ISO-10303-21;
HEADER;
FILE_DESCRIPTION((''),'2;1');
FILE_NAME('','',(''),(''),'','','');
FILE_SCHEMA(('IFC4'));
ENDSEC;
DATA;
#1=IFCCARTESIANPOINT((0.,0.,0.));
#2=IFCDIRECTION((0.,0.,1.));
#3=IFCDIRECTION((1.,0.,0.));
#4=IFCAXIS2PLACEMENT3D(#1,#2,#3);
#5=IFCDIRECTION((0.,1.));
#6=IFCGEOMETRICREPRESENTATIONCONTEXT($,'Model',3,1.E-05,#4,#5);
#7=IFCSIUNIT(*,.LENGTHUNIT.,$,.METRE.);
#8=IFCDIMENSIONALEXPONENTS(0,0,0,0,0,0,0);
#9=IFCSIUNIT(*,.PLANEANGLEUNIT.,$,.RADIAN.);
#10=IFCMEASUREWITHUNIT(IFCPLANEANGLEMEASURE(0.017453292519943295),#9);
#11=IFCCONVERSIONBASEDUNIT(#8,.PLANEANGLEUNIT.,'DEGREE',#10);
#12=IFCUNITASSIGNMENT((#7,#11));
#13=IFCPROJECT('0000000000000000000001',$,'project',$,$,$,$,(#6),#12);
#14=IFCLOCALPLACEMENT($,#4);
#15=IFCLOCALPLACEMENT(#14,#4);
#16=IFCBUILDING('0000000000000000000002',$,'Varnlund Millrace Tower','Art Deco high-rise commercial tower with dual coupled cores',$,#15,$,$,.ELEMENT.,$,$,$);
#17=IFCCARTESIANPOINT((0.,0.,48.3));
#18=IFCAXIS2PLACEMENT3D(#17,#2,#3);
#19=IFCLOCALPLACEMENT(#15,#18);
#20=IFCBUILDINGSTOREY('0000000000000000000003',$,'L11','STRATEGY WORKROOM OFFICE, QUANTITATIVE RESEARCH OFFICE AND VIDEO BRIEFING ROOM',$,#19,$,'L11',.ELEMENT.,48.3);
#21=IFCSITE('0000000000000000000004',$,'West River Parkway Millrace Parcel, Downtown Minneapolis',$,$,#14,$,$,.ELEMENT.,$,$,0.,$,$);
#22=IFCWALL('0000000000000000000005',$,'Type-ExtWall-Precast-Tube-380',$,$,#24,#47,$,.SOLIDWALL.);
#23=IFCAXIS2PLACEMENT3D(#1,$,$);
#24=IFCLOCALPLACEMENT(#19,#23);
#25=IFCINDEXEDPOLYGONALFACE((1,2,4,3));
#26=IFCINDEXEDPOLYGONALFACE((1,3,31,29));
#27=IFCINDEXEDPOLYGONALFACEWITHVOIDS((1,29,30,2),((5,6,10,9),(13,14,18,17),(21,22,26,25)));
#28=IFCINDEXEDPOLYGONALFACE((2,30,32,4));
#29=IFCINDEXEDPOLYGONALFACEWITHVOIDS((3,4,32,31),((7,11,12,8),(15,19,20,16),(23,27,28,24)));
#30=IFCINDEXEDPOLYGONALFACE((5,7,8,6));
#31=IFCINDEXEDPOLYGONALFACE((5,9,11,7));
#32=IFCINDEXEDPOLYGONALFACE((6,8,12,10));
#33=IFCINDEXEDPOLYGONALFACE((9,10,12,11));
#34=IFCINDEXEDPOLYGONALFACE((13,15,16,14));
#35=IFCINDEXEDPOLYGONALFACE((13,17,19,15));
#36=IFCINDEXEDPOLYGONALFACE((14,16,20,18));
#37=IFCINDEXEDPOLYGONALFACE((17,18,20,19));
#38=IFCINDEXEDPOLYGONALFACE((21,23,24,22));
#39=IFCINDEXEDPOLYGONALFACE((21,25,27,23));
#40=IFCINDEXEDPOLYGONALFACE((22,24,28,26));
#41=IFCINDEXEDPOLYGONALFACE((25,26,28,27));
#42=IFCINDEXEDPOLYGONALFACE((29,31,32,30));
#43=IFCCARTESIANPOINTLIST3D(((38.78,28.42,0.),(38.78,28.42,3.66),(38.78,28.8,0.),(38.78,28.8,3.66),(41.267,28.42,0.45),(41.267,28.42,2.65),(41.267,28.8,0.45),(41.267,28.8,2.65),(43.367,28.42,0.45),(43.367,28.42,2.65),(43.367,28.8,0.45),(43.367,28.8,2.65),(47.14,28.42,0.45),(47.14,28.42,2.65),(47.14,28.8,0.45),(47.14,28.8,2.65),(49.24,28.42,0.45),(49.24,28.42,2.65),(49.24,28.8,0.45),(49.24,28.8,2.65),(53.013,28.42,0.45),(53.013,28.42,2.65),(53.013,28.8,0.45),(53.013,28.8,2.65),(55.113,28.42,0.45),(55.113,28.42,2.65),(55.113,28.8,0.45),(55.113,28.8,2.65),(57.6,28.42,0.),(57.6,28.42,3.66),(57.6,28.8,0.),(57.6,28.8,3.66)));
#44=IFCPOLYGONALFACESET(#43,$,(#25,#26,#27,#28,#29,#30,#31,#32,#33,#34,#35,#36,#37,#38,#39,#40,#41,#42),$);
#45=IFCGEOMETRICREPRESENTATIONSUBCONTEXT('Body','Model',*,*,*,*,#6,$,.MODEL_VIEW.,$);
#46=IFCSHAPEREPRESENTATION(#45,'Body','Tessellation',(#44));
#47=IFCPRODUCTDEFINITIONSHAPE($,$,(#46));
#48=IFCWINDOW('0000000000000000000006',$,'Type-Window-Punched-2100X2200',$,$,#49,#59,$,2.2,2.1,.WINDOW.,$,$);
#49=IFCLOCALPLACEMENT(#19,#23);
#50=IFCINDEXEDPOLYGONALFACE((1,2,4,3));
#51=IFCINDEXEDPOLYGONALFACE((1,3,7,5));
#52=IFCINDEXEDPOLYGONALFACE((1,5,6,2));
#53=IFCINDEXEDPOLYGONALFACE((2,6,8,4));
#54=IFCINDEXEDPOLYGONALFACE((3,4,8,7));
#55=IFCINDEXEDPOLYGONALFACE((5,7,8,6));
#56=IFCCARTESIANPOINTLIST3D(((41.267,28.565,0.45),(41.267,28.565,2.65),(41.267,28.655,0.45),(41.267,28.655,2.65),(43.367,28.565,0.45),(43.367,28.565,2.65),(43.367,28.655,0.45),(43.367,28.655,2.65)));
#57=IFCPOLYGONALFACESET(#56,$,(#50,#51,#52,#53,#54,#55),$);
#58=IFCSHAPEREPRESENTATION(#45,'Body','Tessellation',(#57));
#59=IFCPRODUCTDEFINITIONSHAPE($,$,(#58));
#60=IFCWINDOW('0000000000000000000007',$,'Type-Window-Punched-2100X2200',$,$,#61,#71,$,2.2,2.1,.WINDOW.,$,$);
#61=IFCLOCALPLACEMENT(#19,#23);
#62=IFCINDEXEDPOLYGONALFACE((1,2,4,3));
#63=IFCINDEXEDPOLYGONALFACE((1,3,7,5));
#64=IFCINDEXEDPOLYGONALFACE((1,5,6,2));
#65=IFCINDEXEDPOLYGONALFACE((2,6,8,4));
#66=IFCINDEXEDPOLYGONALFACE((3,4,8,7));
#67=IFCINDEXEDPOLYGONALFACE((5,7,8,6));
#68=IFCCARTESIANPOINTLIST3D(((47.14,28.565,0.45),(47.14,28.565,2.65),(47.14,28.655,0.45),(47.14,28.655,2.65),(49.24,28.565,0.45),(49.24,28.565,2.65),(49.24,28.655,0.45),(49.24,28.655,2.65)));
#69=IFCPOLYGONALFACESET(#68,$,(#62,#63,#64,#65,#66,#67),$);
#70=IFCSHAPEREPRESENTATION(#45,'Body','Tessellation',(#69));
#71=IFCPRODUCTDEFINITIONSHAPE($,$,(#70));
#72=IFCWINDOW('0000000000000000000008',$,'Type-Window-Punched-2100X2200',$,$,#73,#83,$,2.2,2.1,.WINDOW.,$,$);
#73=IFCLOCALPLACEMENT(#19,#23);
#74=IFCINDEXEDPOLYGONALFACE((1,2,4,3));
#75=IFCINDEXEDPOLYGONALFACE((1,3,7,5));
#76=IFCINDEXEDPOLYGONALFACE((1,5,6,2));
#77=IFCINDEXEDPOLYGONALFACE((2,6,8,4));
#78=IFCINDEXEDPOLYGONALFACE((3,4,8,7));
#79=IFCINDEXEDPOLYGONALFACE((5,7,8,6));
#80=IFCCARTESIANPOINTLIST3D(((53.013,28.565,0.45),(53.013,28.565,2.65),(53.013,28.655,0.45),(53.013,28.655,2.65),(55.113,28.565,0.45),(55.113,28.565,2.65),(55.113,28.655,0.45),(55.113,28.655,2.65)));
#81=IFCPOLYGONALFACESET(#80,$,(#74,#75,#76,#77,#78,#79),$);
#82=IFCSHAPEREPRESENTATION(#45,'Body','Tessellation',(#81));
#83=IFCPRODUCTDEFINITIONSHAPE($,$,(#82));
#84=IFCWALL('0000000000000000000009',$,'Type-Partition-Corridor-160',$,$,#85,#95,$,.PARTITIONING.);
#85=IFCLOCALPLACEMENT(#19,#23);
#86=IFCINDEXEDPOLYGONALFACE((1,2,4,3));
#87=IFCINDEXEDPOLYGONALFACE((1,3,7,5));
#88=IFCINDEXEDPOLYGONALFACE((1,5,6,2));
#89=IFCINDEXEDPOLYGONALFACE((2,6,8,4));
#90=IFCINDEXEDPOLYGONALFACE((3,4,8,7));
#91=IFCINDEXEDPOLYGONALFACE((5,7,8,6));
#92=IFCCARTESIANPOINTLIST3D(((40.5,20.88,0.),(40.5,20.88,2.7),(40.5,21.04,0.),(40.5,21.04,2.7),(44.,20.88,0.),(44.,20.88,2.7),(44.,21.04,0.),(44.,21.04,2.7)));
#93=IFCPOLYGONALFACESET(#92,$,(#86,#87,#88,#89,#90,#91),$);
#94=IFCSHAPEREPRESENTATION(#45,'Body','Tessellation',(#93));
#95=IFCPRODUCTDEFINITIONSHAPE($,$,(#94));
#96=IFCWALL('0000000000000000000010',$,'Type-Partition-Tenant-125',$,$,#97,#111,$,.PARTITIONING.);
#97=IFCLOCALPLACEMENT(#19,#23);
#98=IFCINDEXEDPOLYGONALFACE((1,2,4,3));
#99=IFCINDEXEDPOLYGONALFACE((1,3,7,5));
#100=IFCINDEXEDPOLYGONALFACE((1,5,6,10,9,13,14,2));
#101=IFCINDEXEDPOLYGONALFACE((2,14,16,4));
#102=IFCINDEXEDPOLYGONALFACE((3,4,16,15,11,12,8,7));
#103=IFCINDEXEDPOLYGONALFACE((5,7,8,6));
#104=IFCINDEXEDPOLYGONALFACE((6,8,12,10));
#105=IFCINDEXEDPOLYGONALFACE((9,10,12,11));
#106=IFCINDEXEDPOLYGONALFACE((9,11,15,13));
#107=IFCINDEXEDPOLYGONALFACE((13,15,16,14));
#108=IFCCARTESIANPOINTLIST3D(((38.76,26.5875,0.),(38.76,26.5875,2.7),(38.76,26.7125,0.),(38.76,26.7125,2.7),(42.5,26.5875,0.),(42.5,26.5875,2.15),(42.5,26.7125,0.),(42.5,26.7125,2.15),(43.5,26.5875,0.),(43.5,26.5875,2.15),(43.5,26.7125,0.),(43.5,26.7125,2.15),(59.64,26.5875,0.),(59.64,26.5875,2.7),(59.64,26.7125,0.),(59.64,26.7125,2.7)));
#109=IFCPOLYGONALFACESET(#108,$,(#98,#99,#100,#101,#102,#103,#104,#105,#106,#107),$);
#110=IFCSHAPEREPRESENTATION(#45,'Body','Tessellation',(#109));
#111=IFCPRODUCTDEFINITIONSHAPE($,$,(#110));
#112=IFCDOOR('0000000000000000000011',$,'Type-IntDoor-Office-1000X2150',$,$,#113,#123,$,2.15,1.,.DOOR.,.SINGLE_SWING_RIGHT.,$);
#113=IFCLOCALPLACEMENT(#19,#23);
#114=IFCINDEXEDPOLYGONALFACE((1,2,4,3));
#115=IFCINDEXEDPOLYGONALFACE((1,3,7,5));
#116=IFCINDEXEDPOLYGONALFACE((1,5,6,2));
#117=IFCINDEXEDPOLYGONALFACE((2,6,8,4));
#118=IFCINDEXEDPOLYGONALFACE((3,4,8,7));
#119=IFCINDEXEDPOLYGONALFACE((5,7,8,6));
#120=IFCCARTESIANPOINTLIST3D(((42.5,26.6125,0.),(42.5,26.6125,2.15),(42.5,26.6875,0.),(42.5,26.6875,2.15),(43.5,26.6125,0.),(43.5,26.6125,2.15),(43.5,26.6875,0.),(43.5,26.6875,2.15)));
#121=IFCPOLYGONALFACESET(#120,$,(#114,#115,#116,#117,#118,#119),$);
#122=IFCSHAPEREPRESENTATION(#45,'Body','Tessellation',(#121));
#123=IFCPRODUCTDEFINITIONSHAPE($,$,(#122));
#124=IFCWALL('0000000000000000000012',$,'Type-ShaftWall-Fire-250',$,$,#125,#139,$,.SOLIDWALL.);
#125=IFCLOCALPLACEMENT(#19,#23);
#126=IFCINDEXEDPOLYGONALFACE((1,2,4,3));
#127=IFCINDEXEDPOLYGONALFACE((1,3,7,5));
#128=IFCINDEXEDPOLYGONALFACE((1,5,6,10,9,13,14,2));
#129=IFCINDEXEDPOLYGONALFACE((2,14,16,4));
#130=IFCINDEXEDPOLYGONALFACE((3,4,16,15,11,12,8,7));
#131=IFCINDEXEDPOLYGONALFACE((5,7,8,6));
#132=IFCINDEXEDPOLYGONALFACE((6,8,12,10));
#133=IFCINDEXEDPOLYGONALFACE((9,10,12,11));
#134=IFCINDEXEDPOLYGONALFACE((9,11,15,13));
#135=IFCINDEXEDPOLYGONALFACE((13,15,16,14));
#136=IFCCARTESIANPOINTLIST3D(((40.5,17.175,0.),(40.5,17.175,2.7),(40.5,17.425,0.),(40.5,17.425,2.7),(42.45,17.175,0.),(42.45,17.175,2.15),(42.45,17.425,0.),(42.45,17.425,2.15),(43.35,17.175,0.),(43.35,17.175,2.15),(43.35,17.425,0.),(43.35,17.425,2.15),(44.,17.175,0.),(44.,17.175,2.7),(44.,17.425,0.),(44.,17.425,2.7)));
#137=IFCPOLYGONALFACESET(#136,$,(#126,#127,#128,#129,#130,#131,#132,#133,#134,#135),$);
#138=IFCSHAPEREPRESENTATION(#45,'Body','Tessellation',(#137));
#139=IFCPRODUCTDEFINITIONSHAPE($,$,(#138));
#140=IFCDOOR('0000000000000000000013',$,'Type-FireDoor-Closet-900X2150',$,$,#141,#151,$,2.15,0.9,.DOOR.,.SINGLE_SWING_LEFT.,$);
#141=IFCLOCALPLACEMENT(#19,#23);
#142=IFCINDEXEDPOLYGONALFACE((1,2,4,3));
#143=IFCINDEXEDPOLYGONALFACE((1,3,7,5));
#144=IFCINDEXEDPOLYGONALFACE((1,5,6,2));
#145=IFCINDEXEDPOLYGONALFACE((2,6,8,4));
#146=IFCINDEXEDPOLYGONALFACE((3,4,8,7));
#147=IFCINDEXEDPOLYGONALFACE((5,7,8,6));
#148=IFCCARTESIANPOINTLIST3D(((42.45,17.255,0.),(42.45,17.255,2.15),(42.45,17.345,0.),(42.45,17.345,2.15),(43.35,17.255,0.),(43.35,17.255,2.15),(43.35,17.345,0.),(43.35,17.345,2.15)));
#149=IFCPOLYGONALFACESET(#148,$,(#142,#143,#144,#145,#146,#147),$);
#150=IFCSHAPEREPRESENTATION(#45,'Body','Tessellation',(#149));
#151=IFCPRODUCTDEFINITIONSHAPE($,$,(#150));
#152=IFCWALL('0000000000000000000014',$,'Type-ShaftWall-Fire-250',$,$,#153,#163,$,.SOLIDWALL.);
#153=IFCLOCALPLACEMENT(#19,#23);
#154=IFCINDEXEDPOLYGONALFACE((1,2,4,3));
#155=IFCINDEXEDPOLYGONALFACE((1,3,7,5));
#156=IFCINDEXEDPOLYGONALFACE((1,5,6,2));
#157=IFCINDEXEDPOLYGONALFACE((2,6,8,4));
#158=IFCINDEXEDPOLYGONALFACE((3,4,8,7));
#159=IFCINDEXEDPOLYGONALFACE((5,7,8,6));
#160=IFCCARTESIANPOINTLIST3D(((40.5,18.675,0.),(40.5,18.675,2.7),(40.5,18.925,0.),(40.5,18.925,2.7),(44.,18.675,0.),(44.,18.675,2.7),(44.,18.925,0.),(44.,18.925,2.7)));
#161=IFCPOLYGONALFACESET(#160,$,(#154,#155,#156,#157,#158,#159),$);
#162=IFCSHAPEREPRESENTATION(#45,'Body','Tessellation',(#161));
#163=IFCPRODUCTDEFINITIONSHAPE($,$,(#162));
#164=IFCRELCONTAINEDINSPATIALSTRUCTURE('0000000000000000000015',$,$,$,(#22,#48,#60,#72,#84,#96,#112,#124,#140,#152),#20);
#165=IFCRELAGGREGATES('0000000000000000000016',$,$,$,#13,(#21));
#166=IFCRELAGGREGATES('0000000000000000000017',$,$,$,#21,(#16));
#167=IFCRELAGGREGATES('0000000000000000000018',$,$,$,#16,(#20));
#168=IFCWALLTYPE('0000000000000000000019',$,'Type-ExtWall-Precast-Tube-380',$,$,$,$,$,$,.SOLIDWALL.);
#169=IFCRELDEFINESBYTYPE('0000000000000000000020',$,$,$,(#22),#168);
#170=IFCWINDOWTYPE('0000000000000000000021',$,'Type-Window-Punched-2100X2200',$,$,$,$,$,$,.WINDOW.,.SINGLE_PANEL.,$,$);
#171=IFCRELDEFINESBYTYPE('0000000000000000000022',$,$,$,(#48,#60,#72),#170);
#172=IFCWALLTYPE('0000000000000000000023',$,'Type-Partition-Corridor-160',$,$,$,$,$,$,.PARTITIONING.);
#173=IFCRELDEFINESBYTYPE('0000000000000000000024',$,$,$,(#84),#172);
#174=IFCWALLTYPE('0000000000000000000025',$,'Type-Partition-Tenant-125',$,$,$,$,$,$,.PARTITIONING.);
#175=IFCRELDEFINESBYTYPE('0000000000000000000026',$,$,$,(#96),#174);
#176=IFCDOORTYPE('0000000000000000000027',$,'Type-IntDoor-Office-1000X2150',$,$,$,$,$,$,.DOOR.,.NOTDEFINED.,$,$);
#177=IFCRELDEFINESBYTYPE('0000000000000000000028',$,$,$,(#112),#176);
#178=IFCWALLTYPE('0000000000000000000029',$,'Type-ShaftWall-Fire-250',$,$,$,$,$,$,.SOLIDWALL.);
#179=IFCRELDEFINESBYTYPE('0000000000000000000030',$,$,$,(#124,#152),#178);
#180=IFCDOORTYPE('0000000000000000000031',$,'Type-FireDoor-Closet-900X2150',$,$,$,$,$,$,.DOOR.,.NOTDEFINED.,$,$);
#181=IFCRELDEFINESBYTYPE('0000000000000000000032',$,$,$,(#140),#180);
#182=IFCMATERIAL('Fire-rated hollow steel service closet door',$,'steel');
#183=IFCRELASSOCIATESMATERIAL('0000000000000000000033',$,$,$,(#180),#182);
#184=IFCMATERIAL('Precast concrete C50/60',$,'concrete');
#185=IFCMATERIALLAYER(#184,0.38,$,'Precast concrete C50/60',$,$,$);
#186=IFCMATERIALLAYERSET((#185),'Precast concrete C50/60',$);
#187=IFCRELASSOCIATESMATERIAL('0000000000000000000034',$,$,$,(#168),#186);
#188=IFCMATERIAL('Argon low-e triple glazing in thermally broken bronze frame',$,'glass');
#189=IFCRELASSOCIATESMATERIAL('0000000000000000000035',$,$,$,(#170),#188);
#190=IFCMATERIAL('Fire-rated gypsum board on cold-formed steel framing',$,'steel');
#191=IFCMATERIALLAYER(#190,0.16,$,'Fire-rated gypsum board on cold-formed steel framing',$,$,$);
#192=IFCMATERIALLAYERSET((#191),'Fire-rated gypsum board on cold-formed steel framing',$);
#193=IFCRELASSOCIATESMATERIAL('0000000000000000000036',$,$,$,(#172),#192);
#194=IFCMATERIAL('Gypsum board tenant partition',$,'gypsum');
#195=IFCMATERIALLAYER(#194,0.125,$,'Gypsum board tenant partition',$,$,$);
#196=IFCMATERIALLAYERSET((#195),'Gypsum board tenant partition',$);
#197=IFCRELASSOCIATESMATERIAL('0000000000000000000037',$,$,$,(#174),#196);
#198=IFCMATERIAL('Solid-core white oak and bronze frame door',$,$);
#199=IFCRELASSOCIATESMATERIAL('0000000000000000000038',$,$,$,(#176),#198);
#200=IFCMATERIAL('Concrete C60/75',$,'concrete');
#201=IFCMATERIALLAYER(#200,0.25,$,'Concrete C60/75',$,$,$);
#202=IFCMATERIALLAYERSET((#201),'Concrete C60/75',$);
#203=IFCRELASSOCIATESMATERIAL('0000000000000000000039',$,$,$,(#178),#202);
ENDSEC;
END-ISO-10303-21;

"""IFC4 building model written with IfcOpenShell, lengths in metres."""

from ifc_helpers import new_model, entity, si_unit, converted_unit, direction, frame, origin_with_axes, origin_2d_with_axis, place, context, subcontext, project, spatial, polyline, rectangle, outline, extrude, material, layer, layer_set, type_object, element, fill, save


model = new_model("IFC4")

# Units and contexts
model_context = context("Model", 3, precision=1e-05, world=origin_with_axes(), true_north=direction((0.0, 1.0)))
body_context = subcontext(model_context, "Body", "Model", "MODEL_VIEW")
ifc_project = project(units=[si_unit("LENGTHUNIT", "METRE"), converted_unit("PLANEANGLEUNIT", "DEGREE", entity("IfcPlaneAngleMeasure", 0.017453292519943295), si_unit("PLANEANGLEUNIT", "RADIAN"), dimensions=[0, 0, 0, 0, 0, 0, 0])], contexts=[model_context])

# Site, building, storey
site_placement = place(None, origin_with_axes())
site = spatial("IfcSite", under=ifc_project, at=site_placement, Name="West River Parkway Millrace Parcel, Downtown Minneapolis", CompositionType="ELEMENT", RefElevation=0.0)
building_placement = place(site_placement, origin_with_axes())
building = spatial("IfcBuilding", under=site, at=building_placement, Name="Varnlund Millrace Tower", Description="Art Deco high-rise commercial tower with dual coupled cores", CompositionType="ELEMENT")
storey_placement = place(building_placement, frame((0.0, 0.0, 48.3), z_axis=(0.0, 0.0, 1.0), x_axis=(1.0, 0.0, 0.0)))
storey = spatial("IfcBuildingStorey", under=building, at=storey_placement, Name="L11", Description="STRATEGY WORKROOM OFFICE, QUANTITATIVE RESEARCH OFFICE AND VIDEO BRIEFING ROOM", LongName="L11", CompositionType="ELEMENT", Elevation=48.3)

# Shared definitions
ifc_material_1 = material(Name="Fire-rated hollow steel service closet door", Category="steel")
door_type_1 = type_object("IfcDoorType", Name="Type-FireDoor-Closet-900X2150", OperationType="NOTDEFINED", PredefinedType="DOOR", material=ifc_material_1)

# Wall, openings, windows
ifc_material_2 = material(Name="Precast concrete C50/60", Category="concrete")
ifc_layer_1 = layer(ifc_material_2, 0.38, Name="Precast concrete C50/60")
ifc_layer_set_1 = layer_set([ifc_layer_1], Name="Precast concrete C50/60")
wall_type_1 = type_object("IfcWallType", Name="Type-ExtWall-Precast-Tube-380", PredefinedType="SOLIDWALL", material=ifc_layer_set_1)
wall_1_placement = place(storey_placement, frame((38.78, 28.61, 0.0), z_axis=(0.0, 0.0, 1.0), x_axis=(1.0, 0.0, 0.0)))
wall_1 = element("IfcWall", 1, at=wall_1_placement, inside=storey, type_object=wall_type_1, Name="Type-ExtWall-Precast-Tube-380", PredefinedType="SOLIDWALL", context=body_context, shape_type="SweptSolid", body=[
    extrude(outline(polyline([(0.0, -0.19), (18.82, -0.19), (18.82, 0.19), (0.0, 0.19), (0.0, -0.19)])), origin_with_axes(), (0.0, 0.0, 1.0), 3.66),
])
opening_1_placement = place(wall_1_placement, frame((3.537, 0.0, 0.45), z_axis=(0.0, 0.0, 1.0), x_axis=(1.0, 0.0, 0.0)))
opening_1 = element("IfcOpeningElement", 2, at=opening_1_placement, cuts=wall_1, PredefinedType="OPENING", context=body_context, shape_type="SweptSolid", body=[
    extrude(rectangle(XDim=2.1, YDim=0.4, at=origin_2d_with_axis()), origin_with_axes(), (0.0, 0.0, 1.0), 2.2),
])
opening_2_placement = place(wall_1_placement, frame((9.41, 0.0, 0.45), z_axis=(0.0, 0.0, 1.0), x_axis=(1.0, 0.0, 0.0)))
opening_2 = element("IfcOpeningElement", 3, at=opening_2_placement, cuts=wall_1, PredefinedType="OPENING", context=body_context, shape_type="SweptSolid", body=[
    extrude(rectangle(XDim=2.1, YDim=0.4, at=origin_2d_with_axis()), origin_with_axes(), (0.0, 0.0, 1.0), 2.2),
])
opening_3_placement = place(wall_1_placement, frame((15.283, 0.0, 0.45), z_axis=(0.0, 0.0, 1.0), x_axis=(1.0, 0.0, 0.0)))
opening_3 = element("IfcOpeningElement", 4, at=opening_3_placement, cuts=wall_1, PredefinedType="OPENING", context=body_context, shape_type="SweptSolid", body=[
    extrude(rectangle(XDim=2.1, YDim=0.4, at=origin_2d_with_axis()), origin_with_axes(), (0.0, 0.0, 1.0), 2.2),
])
ifc_material_3 = material(Name="Argon low-e triple glazing in thermally broken bronze frame", Category="glass")
window_type = type_object("IfcWindowType", Name="Type-Window-Punched-2100X2200", PartitioningType="SINGLE_PANEL", PredefinedType="WINDOW", material=ifc_material_3)
window_1_placement = place(wall_1_placement, frame((3.537, 0.0, 0.45), z_axis=(0.0, 0.0, 1.0), x_axis=(1.0, 0.0, 0.0)))
window_1 = element("IfcWindow", 5, at=window_1_placement, inside=storey, type_object=window_type, Name="Type-Window-Punched-2100X2200", OverallHeight=2.2, OverallWidth=2.1, PredefinedType="WINDOW", context=body_context, shape_type="SweptSolid", body=[
    extrude(rectangle(XDim=2.1, YDim=0.09, at=origin_2d_with_axis()), origin_with_axes(), (0.0, 0.0, 1.0), 2.2),
])
fill(opening_1, window_1)
window_2_placement = place(wall_1_placement, frame((9.41, 0.0, 0.45), z_axis=(0.0, 0.0, 1.0), x_axis=(1.0, 0.0, 0.0)))
window_2 = element("IfcWindow", 6, at=window_2_placement, inside=storey, type_object=window_type, Name="Type-Window-Punched-2100X2200", OverallHeight=2.2, OverallWidth=2.1, PredefinedType="WINDOW", context=body_context, shape_type="SweptSolid", body=[
    extrude(rectangle(XDim=2.1, YDim=0.09, at=origin_2d_with_axis()), origin_with_axes(), (0.0, 0.0, 1.0), 2.2),
])
fill(opening_2, window_2)
window_3_placement = place(wall_1_placement, frame((15.283, 0.0, 0.45), z_axis=(0.0, 0.0, 1.0), x_axis=(1.0, 0.0, 0.0)))
window_3 = element("IfcWindow", 7, at=window_3_placement, inside=storey, type_object=window_type, Name="Type-Window-Punched-2100X2200", OverallHeight=2.2, OverallWidth=2.1, PredefinedType="WINDOW", context=body_context, shape_type="SweptSolid", body=[
    extrude(rectangle(XDim=2.1, YDim=0.09, at=origin_2d_with_axis()), origin_with_axes(), (0.0, 0.0, 1.0), 2.2),
])
fill(opening_3, window_3)

# Wall
ifc_material_4 = material(Name="Fire-rated gypsum board on cold-formed steel framing", Category="steel")
ifc_layer_2 = layer(ifc_material_4, 0.16, Name="Fire-rated gypsum board on cold-formed steel framing")
ifc_layer_set_2 = layer_set([ifc_layer_2], Name="Fire-rated gypsum board on cold-formed steel framing")
wall_type_2 = type_object("IfcWallType", Name="Type-Partition-Corridor-160", PredefinedType="PARTITIONING", material=ifc_layer_set_2)
wall_2_placement = place(storey_placement, frame((40.5, 20.96, 0.0), z_axis=(0.0, 0.0, 1.0), x_axis=(1.0, 0.0, 0.0)))
element("IfcWall", 8, at=wall_2_placement, inside=storey, type_object=wall_type_2, Name="Type-Partition-Corridor-160", PredefinedType="PARTITIONING", context=body_context, shape_type="SweptSolid", body=[
    extrude(outline(polyline([(0.0, -0.08), (3.5, -0.08), (3.5, 0.08), (0.0, 0.08), (0.0, -0.08)])), origin_with_axes(), (0.0, 0.0, 1.0), 2.7),
])

# Walls, openings, doors
ifc_material_5 = material(Name="Gypsum board tenant partition", Category="gypsum")
ifc_layer_3 = layer(ifc_material_5, 0.125, Name="Gypsum board tenant partition")
ifc_layer_set_3 = layer_set([ifc_layer_3], Name="Gypsum board tenant partition")
wall_type_3 = type_object("IfcWallType", Name="Type-Partition-Tenant-125", PredefinedType="PARTITIONING", material=ifc_layer_set_3)
wall_3_placement = place(storey_placement, frame((38.76, 26.65, 0.0), z_axis=(0.0, 0.0, 1.0), x_axis=(1.0, 0.0, 0.0)))
wall_3 = element("IfcWall", 9, at=wall_3_placement, inside=storey, type_object=wall_type_3, Name="Type-Partition-Tenant-125", PredefinedType="PARTITIONING", context=body_context, shape_type="SweptSolid", body=[
    extrude(outline(polyline([(0.0, -0.0625), (20.88, -0.0625), (20.88, 0.0625), (0.0, 0.0625), (0.0, -0.0625)])), origin_with_axes(), (0.0, 0.0, 1.0), 2.7),
])
opening_4_placement = place(wall_3_placement, frame((4.24, 0.0, 0.0), z_axis=(0.0, 0.0, 1.0), x_axis=(1.0, 0.0, 0.0)))
opening_4 = element("IfcOpeningElement", 10, at=opening_4_placement, cuts=wall_3, PredefinedType="OPENING", context=body_context, shape_type="SweptSolid", body=[
    extrude(rectangle(XDim=1.0, YDim=0.145, at=origin_2d_with_axis()), origin_with_axes(), (0.0, 0.0, 1.0), 2.15),
])
ifc_material_6 = material(Name="Solid-core white oak and bronze frame door")
door_type_2 = type_object("IfcDoorType", Name="Type-IntDoor-Office-1000X2150", OperationType="NOTDEFINED", PredefinedType="DOOR", material=ifc_material_6)
door_1_placement = place(wall_3_placement, frame((4.24, 0.0, 0.0), z_axis=(0.0, 0.0, 1.0), x_axis=(1.0, 0.0, 0.0)))
door_1 = element("IfcDoor", 11, at=door_1_placement, inside=storey, type_object=door_type_2, Name="Type-IntDoor-Office-1000X2150", OperationType="SINGLE_SWING_RIGHT", OverallHeight=2.15, OverallWidth=1.0, PredefinedType="DOOR", context=body_context, shape_type="SweptSolid", body=[
    extrude(rectangle(XDim=1.0, YDim=0.075, at=origin_2d_with_axis()), origin_with_axes(), (0.0, 0.0, 1.0), 2.15),
])
fill(opening_4, door_1)
ifc_material_7 = material(Name="Concrete C60/75", Category="concrete")
ifc_layer_4 = layer(ifc_material_7, 0.25, Name="Concrete C60/75")
ifc_layer_set_4 = layer_set([ifc_layer_4], Name="Concrete C60/75")
wall_type_4 = type_object("IfcWallType", Name="Type-ShaftWall-Fire-250", PredefinedType="SOLIDWALL", material=ifc_layer_set_4)
wall_4_placement = place(storey_placement, frame((40.5, 17.3, 0.0), z_axis=(0.0, 0.0, 1.0), x_axis=(1.0, 0.0, 0.0)))
wall_4 = element("IfcWall", 12, at=wall_4_placement, inside=storey, type_object=wall_type_4, Name="Type-ShaftWall-Fire-250", PredefinedType="SOLIDWALL", context=body_context, shape_type="SweptSolid", body=[
    extrude(outline(polyline([(0.0, -0.125), (3.5, -0.125), (3.5, 0.125), (0.0, 0.125), (0.0, -0.125)])), origin_with_axes(), (0.0, 0.0, 1.0), 2.7),
])
opening_5_placement = place(wall_4_placement, frame((2.4, 0.0, 0.0), z_axis=(0.0, 0.0, 1.0), x_axis=(1.0, 0.0, 0.0)))
opening_5 = element("IfcOpeningElement", 13, at=opening_5_placement, cuts=wall_4, PredefinedType="OPENING", context=body_context, shape_type="SweptSolid", body=[
    extrude(rectangle(XDim=0.9, YDim=0.27, at=origin_2d_with_axis()), origin_with_axes(), (0.0, 0.0, 1.0), 2.15),
])
door_2_placement = place(wall_4_placement, frame((2.4, 0.0, 0.0), z_axis=(0.0, 0.0, 1.0), x_axis=(1.0, 0.0, 0.0)))
door_2 = element("IfcDoor", 14, at=door_2_placement, inside=storey, type_object=door_type_1, Name="Type-FireDoor-Closet-900X2150", OperationType="SINGLE_SWING_LEFT", OverallHeight=2.15, OverallWidth=0.9, PredefinedType="DOOR", context=body_context, shape_type="SweptSolid", body=[
    extrude(rectangle(XDim=0.9, YDim=0.09, at=origin_2d_with_axis()), origin_with_axes(), (0.0, 0.0, 1.0), 2.15),
])
fill(opening_5, door_2)

# Wall
wall_5_placement = place(storey_placement, frame((40.5, 18.8, 0.0), z_axis=(0.0, 0.0, 1.0), x_axis=(1.0, 0.0, 0.0)))
element("IfcWall", 15, at=wall_5_placement, inside=storey, type_object=wall_type_4, Name="Type-ShaftWall-Fire-250", PredefinedType="SOLIDWALL", context=body_context, shape_type="SweptSolid", body=[
    extrude(outline(polyline([(0.0, -0.125), (3.5, -0.125), (3.5, 0.125), (0.0, 0.125), (0.0, -0.125)])), origin_with_axes(), (0.0, 0.0, 1.0), 2.7),
])

save(model, "model.ifc")
